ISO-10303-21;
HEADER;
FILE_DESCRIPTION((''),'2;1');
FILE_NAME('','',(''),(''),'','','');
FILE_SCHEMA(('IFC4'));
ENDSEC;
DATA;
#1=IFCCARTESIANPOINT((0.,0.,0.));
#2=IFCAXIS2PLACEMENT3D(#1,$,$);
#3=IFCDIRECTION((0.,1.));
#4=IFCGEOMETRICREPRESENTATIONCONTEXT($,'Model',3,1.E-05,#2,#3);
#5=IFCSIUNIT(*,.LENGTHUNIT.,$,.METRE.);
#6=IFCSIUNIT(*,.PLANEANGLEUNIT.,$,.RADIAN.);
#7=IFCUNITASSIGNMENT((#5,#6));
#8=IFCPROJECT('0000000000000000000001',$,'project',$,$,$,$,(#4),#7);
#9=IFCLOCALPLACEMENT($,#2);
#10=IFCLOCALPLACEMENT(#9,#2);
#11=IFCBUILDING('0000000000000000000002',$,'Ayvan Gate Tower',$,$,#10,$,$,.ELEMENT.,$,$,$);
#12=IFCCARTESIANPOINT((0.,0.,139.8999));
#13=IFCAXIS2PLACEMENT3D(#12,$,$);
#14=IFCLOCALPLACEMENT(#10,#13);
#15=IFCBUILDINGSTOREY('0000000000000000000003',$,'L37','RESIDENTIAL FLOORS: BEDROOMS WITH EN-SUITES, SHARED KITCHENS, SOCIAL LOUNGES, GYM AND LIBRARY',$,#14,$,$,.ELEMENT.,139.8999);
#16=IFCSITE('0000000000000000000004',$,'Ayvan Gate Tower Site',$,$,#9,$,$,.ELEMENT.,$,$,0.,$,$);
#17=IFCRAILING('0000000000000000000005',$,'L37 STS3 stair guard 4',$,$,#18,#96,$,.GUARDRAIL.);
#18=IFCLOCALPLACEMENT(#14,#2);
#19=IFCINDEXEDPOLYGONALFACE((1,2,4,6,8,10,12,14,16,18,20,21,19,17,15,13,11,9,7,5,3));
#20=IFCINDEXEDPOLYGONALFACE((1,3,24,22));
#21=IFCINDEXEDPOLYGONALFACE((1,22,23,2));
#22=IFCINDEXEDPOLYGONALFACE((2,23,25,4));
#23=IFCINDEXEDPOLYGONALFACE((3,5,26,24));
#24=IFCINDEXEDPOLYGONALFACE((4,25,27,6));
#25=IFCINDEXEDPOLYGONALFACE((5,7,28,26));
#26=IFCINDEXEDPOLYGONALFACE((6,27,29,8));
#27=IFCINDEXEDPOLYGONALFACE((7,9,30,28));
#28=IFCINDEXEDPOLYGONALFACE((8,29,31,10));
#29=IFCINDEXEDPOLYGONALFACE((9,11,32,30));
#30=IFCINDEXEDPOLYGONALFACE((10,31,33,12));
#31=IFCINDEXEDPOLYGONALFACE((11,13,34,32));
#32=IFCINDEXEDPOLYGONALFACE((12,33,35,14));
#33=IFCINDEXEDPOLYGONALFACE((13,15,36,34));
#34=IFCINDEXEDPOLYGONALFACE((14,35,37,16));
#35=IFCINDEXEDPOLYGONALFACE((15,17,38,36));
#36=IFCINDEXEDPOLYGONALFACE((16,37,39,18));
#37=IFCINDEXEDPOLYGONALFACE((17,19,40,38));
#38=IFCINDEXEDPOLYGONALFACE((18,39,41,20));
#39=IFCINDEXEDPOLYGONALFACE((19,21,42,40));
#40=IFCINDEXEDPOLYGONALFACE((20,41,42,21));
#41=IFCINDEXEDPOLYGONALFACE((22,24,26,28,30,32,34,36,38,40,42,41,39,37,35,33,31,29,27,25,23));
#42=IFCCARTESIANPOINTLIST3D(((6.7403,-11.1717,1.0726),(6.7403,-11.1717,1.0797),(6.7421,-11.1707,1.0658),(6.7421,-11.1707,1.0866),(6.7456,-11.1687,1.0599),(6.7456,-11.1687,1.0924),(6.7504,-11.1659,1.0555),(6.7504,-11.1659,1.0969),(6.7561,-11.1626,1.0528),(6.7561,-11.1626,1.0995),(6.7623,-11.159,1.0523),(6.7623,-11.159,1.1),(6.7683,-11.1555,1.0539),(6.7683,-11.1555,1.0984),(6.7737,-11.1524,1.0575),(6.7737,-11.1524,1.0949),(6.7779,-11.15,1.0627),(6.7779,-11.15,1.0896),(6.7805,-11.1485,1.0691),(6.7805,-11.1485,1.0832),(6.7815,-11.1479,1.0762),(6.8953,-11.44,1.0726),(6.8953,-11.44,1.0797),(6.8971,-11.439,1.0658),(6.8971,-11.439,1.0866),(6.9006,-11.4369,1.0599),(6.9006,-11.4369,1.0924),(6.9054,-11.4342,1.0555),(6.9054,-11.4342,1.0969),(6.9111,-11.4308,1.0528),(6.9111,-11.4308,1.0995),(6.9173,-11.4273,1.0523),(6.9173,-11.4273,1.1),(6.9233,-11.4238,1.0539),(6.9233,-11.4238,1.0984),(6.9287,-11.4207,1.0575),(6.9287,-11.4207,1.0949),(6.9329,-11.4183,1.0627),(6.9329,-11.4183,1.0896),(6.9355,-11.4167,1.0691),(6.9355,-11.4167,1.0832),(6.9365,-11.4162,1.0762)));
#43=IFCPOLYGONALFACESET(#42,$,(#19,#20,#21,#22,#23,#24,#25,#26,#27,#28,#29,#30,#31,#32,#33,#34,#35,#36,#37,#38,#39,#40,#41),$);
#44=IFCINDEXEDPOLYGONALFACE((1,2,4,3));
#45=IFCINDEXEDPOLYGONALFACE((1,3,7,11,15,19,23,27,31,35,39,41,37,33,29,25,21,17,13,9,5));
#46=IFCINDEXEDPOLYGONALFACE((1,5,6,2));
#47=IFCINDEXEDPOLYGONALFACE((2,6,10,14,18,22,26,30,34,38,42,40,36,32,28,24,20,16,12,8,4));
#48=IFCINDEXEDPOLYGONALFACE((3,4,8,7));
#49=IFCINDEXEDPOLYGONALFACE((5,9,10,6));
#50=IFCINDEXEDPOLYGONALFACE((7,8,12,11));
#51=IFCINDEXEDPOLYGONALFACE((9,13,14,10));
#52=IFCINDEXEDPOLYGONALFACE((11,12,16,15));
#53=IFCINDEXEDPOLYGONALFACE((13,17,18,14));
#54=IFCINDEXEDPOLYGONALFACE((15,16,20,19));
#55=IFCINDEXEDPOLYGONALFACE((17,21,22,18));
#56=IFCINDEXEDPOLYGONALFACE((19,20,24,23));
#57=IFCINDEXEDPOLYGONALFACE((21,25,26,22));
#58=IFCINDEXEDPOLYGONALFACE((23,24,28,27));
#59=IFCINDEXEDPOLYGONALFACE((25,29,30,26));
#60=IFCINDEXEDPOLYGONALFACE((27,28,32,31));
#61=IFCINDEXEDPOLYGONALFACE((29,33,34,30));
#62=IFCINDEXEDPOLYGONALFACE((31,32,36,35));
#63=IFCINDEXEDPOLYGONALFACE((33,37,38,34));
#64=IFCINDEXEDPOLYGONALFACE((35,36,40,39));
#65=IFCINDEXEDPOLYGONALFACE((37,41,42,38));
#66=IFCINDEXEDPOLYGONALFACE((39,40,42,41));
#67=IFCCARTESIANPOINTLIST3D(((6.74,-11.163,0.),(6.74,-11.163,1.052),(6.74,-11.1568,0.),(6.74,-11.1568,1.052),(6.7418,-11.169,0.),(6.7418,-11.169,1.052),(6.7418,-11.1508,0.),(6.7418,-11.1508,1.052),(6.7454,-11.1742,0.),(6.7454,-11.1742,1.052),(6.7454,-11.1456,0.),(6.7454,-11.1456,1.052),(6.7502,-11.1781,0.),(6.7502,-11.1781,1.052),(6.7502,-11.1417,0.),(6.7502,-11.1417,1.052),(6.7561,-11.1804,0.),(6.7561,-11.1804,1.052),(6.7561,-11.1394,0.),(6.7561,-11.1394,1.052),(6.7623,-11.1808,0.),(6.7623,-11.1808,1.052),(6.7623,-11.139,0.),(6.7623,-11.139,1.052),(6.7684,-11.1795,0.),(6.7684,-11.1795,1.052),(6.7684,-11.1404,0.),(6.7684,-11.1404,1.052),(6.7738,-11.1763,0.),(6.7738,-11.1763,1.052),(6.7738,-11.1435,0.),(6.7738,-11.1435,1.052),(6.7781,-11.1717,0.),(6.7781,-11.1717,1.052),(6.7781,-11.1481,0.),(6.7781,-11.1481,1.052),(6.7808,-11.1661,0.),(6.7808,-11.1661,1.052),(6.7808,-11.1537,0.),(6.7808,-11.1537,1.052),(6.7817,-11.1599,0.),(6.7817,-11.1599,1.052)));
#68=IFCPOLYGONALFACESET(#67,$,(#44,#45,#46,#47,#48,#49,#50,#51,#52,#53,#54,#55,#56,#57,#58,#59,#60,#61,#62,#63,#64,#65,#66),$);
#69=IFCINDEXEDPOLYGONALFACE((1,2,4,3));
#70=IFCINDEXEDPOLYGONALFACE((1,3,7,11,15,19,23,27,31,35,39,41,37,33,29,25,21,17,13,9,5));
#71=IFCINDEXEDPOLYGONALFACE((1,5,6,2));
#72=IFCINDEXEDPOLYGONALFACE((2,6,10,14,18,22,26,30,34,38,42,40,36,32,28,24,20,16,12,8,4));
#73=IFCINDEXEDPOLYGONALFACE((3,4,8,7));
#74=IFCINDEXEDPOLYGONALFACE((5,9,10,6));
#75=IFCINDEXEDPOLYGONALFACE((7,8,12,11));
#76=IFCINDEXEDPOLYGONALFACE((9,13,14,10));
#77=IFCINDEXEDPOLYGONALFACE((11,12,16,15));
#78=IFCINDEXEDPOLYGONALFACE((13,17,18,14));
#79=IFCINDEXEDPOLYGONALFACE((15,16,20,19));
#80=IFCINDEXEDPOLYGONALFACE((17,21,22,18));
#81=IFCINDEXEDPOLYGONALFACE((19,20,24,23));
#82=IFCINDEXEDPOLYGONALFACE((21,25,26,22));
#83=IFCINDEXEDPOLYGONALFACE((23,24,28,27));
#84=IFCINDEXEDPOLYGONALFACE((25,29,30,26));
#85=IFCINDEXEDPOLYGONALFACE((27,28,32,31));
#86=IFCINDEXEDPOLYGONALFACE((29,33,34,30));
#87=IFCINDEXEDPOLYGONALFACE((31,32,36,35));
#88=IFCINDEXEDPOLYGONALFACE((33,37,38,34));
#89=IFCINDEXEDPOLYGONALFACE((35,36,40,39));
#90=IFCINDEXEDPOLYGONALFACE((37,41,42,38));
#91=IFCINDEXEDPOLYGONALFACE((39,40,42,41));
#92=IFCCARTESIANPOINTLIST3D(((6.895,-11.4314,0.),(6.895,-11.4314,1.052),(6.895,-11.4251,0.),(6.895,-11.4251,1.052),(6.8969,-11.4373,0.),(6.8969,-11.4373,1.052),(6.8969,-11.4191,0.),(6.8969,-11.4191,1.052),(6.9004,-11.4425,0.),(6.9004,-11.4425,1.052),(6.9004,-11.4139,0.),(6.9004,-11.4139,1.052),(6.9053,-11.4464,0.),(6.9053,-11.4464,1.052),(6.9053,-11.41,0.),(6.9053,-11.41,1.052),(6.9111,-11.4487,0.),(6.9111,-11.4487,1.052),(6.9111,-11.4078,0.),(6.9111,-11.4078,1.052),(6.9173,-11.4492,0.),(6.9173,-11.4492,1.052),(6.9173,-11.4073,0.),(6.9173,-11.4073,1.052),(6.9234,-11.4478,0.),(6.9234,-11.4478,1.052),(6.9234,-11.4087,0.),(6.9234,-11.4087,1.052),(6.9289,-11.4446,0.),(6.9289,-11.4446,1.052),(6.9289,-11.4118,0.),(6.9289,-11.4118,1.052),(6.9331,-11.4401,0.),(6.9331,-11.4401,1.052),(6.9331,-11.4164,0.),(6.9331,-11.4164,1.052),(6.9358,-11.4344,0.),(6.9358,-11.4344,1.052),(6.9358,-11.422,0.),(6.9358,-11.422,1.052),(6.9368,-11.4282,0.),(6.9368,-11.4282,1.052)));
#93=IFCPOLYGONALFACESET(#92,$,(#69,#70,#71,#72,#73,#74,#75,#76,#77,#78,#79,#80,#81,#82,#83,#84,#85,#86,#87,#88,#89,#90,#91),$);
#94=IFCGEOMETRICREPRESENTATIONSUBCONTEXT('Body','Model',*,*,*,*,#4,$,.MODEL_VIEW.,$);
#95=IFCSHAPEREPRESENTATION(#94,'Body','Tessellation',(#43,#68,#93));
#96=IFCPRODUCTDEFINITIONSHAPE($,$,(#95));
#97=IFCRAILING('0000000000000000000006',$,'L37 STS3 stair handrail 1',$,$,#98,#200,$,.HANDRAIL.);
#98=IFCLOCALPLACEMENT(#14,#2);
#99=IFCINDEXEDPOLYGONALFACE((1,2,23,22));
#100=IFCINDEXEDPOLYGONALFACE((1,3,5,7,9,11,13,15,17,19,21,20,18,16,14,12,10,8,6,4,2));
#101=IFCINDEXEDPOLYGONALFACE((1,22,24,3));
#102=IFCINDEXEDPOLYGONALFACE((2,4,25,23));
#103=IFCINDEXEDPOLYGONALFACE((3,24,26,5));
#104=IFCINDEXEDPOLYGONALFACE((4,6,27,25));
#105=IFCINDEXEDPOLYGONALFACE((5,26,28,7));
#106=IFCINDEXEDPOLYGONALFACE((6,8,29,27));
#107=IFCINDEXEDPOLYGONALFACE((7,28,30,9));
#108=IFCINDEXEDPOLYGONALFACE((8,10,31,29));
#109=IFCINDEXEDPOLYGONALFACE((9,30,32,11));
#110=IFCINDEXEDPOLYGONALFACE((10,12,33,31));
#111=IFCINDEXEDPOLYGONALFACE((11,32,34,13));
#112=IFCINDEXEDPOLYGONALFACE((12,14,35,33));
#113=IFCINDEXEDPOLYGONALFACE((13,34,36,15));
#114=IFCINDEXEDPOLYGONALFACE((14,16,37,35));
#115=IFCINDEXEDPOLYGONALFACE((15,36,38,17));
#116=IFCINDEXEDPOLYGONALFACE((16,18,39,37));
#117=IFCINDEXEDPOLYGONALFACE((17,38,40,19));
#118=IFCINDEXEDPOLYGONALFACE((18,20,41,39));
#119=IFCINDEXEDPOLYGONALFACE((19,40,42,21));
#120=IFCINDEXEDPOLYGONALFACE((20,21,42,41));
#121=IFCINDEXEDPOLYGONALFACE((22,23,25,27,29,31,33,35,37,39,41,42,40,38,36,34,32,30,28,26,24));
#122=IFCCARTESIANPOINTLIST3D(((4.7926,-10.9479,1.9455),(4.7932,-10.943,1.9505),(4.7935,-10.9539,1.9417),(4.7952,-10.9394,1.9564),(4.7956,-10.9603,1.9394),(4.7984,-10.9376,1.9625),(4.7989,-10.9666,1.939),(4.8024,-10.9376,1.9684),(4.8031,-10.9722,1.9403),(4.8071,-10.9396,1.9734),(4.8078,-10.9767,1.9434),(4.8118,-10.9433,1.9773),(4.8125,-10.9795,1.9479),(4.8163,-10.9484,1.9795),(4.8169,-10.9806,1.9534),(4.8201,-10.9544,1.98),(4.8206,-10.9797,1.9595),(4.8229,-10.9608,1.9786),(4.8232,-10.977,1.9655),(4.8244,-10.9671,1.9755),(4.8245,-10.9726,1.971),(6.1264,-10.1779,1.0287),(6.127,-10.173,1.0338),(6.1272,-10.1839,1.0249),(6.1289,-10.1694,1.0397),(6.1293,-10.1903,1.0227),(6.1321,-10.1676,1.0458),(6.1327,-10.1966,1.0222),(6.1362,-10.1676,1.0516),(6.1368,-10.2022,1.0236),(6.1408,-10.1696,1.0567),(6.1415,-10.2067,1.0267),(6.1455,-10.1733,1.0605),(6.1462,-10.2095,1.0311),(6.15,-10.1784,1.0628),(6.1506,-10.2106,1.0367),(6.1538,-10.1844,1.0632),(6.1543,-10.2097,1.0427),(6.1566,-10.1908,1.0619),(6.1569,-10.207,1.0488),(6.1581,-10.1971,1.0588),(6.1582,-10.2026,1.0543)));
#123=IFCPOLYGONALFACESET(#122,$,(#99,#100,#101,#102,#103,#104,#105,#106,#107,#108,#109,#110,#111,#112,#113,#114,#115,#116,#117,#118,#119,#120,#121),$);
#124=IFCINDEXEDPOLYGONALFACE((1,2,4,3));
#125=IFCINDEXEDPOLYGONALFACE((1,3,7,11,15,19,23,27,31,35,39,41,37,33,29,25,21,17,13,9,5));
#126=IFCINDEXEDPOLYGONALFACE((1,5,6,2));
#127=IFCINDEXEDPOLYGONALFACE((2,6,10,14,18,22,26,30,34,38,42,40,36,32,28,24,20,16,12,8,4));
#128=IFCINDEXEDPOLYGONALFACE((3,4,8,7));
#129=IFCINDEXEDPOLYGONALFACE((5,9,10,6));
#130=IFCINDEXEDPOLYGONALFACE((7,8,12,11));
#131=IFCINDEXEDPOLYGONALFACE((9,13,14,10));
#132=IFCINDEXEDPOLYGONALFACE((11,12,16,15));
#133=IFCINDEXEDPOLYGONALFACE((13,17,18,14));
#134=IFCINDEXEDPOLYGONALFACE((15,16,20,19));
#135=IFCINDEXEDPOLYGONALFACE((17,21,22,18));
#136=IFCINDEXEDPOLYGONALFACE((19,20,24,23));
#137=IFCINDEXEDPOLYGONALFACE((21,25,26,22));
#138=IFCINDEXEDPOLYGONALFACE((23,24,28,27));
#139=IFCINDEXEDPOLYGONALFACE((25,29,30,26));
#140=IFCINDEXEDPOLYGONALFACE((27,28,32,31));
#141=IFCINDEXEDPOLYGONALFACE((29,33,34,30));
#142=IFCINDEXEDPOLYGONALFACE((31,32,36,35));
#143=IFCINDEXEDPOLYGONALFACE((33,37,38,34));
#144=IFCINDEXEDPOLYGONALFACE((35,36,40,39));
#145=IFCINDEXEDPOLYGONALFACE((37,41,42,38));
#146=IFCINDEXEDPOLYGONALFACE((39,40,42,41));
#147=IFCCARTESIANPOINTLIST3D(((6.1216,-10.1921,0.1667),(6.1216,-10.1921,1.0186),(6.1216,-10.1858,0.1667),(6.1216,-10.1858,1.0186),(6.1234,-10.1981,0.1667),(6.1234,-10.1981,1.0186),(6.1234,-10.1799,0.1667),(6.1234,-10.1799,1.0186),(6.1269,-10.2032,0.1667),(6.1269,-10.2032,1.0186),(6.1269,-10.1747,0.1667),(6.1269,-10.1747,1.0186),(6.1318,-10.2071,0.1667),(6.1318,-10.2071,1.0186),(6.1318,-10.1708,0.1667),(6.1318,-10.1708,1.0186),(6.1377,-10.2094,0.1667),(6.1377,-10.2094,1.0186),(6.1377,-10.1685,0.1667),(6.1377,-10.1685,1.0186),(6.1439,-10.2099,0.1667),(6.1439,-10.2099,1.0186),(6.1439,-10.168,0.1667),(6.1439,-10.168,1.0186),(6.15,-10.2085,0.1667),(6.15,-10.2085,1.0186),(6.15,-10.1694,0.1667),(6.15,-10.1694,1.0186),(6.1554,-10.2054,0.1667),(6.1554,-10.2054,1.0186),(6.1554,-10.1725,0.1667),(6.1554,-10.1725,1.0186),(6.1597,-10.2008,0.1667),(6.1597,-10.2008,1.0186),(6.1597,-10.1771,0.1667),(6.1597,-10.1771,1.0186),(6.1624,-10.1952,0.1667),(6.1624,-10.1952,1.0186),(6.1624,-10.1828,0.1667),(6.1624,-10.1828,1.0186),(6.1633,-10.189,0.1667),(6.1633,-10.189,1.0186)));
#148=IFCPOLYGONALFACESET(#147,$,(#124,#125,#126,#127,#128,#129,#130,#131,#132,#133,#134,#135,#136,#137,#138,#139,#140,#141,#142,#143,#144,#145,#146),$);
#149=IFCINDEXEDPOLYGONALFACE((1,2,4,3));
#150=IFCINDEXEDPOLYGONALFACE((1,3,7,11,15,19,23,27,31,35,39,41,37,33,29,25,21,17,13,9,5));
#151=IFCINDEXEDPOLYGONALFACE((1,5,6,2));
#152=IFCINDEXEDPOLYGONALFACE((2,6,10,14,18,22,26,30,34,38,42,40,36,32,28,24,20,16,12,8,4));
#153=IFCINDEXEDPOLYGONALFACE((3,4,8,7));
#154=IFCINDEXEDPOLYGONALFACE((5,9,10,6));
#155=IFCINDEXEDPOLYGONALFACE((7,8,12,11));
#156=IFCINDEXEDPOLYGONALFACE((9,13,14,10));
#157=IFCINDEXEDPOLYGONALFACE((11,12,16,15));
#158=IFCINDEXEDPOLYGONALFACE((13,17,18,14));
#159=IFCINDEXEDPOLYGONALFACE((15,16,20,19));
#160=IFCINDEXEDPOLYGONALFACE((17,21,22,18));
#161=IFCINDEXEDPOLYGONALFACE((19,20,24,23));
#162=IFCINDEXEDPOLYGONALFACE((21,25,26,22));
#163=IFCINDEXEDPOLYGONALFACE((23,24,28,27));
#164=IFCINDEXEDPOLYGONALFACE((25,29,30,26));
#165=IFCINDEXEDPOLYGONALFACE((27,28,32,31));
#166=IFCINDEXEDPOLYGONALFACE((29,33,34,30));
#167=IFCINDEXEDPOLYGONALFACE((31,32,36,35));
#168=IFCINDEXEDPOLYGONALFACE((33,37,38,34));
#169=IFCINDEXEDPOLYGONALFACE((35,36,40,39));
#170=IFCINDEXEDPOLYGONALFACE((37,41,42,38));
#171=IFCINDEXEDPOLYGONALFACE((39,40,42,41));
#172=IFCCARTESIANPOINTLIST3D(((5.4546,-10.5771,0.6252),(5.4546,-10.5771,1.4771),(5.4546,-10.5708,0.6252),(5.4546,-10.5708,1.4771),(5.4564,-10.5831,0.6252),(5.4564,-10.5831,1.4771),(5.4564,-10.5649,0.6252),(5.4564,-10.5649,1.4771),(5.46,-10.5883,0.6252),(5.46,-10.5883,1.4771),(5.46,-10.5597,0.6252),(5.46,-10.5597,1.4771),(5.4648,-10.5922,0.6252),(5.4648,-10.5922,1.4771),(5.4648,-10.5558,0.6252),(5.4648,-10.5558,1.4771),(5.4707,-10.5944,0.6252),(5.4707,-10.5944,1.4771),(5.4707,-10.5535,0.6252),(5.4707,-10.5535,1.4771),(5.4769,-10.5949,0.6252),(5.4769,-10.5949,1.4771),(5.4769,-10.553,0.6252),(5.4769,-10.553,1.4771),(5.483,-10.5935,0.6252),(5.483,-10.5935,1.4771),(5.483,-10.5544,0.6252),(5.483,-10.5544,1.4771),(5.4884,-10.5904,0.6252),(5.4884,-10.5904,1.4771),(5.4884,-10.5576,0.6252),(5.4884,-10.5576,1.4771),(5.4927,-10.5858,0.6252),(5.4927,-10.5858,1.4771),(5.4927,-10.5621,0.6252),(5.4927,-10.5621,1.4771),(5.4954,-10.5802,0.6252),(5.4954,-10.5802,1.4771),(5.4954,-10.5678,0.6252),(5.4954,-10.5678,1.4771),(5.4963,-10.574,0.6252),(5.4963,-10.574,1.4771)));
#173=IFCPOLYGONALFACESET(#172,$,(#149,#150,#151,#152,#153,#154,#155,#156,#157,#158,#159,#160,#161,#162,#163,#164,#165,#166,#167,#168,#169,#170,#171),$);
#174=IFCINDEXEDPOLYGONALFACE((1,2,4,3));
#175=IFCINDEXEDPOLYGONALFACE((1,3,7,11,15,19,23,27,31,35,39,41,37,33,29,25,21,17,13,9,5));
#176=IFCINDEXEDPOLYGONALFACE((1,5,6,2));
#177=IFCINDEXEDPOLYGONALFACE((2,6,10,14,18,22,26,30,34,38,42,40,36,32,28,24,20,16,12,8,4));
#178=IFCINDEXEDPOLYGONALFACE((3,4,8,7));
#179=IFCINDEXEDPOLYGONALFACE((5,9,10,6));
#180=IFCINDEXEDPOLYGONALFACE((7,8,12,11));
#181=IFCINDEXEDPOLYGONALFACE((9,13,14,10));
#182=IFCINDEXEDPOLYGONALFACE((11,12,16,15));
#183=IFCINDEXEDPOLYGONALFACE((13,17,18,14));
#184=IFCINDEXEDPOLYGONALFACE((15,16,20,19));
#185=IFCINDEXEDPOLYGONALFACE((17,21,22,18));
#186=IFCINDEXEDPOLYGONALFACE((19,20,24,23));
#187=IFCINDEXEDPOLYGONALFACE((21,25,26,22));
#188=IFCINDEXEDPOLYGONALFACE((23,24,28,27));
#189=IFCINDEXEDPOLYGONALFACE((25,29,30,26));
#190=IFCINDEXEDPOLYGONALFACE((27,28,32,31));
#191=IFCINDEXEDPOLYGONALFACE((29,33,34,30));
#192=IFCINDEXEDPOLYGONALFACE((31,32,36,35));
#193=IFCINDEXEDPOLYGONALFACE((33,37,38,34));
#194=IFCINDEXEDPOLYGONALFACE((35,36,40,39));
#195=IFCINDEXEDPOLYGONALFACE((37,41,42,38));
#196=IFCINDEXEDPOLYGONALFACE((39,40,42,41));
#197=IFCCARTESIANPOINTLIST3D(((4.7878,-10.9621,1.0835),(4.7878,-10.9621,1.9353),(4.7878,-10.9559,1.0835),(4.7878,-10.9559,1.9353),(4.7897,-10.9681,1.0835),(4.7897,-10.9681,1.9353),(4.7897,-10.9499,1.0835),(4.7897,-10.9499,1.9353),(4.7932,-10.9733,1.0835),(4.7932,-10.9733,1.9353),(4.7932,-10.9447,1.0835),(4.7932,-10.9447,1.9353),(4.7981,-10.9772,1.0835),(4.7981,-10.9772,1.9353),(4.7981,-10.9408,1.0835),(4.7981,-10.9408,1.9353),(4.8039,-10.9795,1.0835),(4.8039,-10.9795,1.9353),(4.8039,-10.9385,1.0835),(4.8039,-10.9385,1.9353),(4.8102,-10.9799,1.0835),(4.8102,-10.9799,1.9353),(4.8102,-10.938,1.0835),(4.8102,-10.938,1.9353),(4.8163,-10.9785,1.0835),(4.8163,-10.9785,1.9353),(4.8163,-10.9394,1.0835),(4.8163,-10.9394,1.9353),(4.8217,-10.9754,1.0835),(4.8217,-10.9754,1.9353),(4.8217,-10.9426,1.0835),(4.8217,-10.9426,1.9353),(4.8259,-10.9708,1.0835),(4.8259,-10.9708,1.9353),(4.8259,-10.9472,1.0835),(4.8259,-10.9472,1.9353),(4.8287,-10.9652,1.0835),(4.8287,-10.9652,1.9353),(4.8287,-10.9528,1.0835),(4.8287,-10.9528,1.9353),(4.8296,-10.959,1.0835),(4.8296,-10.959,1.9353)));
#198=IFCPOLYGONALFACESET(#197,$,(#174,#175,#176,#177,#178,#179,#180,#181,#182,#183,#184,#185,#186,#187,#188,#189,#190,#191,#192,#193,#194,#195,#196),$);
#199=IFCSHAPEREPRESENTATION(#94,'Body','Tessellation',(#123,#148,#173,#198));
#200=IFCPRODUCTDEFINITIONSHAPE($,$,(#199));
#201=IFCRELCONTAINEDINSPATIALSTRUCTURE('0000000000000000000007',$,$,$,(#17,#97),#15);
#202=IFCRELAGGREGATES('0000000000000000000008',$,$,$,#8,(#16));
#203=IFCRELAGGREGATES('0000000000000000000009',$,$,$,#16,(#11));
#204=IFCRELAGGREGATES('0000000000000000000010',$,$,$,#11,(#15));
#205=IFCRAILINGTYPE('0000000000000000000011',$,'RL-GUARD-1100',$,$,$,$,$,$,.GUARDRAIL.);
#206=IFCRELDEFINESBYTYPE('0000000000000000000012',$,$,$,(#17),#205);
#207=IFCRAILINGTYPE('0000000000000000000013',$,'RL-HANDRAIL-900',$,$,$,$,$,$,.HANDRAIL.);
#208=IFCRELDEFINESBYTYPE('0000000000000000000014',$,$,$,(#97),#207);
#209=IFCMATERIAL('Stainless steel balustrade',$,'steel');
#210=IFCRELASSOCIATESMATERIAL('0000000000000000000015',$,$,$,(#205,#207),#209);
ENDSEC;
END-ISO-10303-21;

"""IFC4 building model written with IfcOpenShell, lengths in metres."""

from ifc_helpers import new_model, si_unit, direction, frame, origin, origin_2d, place, context, subcontext, project, spatial, circle, extrude, material, type_object, element, save


model = new_model("IFC4")

# Units and contexts
model_context = context("Model", 3, precision=1e-05, world=origin(), true_north=direction((0.0, 1.0)))
body_context = subcontext(model_context, "Body", "Model", "MODEL_VIEW")
ifc_project = project(units=[si_unit("LENGTHUNIT", "METRE"), si_unit("PLANEANGLEUNIT", "RADIAN")], contexts=[model_context])

# Site, building, storey
site_placement = place(None, origin())
site = spatial("IfcSite", under=ifc_project, at=site_placement, Name="Ayvan Gate Tower Site", CompositionType="ELEMENT", RefElevation=0.0)
building_placement = place(site_placement, origin())
building = spatial("IfcBuilding", under=site, at=building_placement, Name="Ayvan Gate Tower", CompositionType="ELEMENT")
storey_placement = place(building_placement, frame((0.0, 0.0, 139.8999)))
storey = spatial("IfcBuildingStorey", under=building, at=storey_placement, Name="L37", Description="RESIDENTIAL FLOORS: BEDROOMS WITH EN-SUITES, SHARED KITCHENS, SOCIAL LOUNGES, GYM AND LIBRARY", CompositionType="ELEMENT", Elevation=139.8999)

# Railings
ifc_material_1 = material(Name="Stainless steel balustrade", Category="steel")
railing_type_1 = type_object("IfcRailingType", Name="RL-GUARD-1100", PredefinedType="GUARDRAIL", material=ifc_material_1)
railing_1_placement = place(storey_placement, frame((6.7607, -11.1599, 0.0)))
element("IfcRailing", 1, at=railing_1_placement, inside=storey, type_object=railing_type_1, Name="L37 STS3 stair guard 4", PredefinedType="GUARDRAIL", context=body_context, shape_type="SweptSolid", body=[
    extrude(circle(Radius=0.0239, at=origin_2d()), frame((0.0, 0.0, 1.0762), z_axis=(0.500291, -0.865857, 0.0), x_axis=(0.865857, 0.500291, 0.0)), (0.0, 0.0, 1.0), 0.3098),
    extrude(circle(Radius=0.021, at=origin_2d()), origin(), (0.0, 0.0, 1.0), 1.052),
    extrude(circle(Radius=0.021, at=origin_2d()), frame((0.155, -0.2683, 0.0)), (0.0, 0.0, 1.0), 1.052),
])
railing_type_2 = type_object("IfcRailingType", Name="RL-HANDRAIL-900", PredefinedType="HANDRAIL", material=ifc_material_1)
railing_2_placement = place(storey_placement, frame((6.1423, -10.189, 0.1667)))
element("IfcRailing", 2, at=railing_2_placement, inside=storey, type_object=railing_type_2, Name="L37 STS3 stair handrail 1", PredefinedType="HANDRAIL", context=body_context, shape_type="SweptSolid", body=[
    extrude(circle(Radius=0.0239, at=origin_2d()), frame((0.0, 0.0, 0.876), z_axis=(-0.744164, -0.429634, 0.511502), x_axis=(0.499992, -0.86603, 0.0)), (0.0, 0.0, 1.0), 1.7922),
    extrude(circle(Radius=0.021, at=origin_2d()), origin(), (0.0, 0.0, 1.0), 0.8518),
    extrude(circle(Radius=0.021, at=origin_2d()), frame((-0.667, -0.385, 0.4585)), (0.0, 0.0, 1.0), 0.8518),
    extrude(circle(Radius=0.021, at=origin_2d()), frame((-1.3337, -0.77, 0.9167)), (0.0, 0.0, 1.0), 0.8518),
])

save(model, "model.ifc")
